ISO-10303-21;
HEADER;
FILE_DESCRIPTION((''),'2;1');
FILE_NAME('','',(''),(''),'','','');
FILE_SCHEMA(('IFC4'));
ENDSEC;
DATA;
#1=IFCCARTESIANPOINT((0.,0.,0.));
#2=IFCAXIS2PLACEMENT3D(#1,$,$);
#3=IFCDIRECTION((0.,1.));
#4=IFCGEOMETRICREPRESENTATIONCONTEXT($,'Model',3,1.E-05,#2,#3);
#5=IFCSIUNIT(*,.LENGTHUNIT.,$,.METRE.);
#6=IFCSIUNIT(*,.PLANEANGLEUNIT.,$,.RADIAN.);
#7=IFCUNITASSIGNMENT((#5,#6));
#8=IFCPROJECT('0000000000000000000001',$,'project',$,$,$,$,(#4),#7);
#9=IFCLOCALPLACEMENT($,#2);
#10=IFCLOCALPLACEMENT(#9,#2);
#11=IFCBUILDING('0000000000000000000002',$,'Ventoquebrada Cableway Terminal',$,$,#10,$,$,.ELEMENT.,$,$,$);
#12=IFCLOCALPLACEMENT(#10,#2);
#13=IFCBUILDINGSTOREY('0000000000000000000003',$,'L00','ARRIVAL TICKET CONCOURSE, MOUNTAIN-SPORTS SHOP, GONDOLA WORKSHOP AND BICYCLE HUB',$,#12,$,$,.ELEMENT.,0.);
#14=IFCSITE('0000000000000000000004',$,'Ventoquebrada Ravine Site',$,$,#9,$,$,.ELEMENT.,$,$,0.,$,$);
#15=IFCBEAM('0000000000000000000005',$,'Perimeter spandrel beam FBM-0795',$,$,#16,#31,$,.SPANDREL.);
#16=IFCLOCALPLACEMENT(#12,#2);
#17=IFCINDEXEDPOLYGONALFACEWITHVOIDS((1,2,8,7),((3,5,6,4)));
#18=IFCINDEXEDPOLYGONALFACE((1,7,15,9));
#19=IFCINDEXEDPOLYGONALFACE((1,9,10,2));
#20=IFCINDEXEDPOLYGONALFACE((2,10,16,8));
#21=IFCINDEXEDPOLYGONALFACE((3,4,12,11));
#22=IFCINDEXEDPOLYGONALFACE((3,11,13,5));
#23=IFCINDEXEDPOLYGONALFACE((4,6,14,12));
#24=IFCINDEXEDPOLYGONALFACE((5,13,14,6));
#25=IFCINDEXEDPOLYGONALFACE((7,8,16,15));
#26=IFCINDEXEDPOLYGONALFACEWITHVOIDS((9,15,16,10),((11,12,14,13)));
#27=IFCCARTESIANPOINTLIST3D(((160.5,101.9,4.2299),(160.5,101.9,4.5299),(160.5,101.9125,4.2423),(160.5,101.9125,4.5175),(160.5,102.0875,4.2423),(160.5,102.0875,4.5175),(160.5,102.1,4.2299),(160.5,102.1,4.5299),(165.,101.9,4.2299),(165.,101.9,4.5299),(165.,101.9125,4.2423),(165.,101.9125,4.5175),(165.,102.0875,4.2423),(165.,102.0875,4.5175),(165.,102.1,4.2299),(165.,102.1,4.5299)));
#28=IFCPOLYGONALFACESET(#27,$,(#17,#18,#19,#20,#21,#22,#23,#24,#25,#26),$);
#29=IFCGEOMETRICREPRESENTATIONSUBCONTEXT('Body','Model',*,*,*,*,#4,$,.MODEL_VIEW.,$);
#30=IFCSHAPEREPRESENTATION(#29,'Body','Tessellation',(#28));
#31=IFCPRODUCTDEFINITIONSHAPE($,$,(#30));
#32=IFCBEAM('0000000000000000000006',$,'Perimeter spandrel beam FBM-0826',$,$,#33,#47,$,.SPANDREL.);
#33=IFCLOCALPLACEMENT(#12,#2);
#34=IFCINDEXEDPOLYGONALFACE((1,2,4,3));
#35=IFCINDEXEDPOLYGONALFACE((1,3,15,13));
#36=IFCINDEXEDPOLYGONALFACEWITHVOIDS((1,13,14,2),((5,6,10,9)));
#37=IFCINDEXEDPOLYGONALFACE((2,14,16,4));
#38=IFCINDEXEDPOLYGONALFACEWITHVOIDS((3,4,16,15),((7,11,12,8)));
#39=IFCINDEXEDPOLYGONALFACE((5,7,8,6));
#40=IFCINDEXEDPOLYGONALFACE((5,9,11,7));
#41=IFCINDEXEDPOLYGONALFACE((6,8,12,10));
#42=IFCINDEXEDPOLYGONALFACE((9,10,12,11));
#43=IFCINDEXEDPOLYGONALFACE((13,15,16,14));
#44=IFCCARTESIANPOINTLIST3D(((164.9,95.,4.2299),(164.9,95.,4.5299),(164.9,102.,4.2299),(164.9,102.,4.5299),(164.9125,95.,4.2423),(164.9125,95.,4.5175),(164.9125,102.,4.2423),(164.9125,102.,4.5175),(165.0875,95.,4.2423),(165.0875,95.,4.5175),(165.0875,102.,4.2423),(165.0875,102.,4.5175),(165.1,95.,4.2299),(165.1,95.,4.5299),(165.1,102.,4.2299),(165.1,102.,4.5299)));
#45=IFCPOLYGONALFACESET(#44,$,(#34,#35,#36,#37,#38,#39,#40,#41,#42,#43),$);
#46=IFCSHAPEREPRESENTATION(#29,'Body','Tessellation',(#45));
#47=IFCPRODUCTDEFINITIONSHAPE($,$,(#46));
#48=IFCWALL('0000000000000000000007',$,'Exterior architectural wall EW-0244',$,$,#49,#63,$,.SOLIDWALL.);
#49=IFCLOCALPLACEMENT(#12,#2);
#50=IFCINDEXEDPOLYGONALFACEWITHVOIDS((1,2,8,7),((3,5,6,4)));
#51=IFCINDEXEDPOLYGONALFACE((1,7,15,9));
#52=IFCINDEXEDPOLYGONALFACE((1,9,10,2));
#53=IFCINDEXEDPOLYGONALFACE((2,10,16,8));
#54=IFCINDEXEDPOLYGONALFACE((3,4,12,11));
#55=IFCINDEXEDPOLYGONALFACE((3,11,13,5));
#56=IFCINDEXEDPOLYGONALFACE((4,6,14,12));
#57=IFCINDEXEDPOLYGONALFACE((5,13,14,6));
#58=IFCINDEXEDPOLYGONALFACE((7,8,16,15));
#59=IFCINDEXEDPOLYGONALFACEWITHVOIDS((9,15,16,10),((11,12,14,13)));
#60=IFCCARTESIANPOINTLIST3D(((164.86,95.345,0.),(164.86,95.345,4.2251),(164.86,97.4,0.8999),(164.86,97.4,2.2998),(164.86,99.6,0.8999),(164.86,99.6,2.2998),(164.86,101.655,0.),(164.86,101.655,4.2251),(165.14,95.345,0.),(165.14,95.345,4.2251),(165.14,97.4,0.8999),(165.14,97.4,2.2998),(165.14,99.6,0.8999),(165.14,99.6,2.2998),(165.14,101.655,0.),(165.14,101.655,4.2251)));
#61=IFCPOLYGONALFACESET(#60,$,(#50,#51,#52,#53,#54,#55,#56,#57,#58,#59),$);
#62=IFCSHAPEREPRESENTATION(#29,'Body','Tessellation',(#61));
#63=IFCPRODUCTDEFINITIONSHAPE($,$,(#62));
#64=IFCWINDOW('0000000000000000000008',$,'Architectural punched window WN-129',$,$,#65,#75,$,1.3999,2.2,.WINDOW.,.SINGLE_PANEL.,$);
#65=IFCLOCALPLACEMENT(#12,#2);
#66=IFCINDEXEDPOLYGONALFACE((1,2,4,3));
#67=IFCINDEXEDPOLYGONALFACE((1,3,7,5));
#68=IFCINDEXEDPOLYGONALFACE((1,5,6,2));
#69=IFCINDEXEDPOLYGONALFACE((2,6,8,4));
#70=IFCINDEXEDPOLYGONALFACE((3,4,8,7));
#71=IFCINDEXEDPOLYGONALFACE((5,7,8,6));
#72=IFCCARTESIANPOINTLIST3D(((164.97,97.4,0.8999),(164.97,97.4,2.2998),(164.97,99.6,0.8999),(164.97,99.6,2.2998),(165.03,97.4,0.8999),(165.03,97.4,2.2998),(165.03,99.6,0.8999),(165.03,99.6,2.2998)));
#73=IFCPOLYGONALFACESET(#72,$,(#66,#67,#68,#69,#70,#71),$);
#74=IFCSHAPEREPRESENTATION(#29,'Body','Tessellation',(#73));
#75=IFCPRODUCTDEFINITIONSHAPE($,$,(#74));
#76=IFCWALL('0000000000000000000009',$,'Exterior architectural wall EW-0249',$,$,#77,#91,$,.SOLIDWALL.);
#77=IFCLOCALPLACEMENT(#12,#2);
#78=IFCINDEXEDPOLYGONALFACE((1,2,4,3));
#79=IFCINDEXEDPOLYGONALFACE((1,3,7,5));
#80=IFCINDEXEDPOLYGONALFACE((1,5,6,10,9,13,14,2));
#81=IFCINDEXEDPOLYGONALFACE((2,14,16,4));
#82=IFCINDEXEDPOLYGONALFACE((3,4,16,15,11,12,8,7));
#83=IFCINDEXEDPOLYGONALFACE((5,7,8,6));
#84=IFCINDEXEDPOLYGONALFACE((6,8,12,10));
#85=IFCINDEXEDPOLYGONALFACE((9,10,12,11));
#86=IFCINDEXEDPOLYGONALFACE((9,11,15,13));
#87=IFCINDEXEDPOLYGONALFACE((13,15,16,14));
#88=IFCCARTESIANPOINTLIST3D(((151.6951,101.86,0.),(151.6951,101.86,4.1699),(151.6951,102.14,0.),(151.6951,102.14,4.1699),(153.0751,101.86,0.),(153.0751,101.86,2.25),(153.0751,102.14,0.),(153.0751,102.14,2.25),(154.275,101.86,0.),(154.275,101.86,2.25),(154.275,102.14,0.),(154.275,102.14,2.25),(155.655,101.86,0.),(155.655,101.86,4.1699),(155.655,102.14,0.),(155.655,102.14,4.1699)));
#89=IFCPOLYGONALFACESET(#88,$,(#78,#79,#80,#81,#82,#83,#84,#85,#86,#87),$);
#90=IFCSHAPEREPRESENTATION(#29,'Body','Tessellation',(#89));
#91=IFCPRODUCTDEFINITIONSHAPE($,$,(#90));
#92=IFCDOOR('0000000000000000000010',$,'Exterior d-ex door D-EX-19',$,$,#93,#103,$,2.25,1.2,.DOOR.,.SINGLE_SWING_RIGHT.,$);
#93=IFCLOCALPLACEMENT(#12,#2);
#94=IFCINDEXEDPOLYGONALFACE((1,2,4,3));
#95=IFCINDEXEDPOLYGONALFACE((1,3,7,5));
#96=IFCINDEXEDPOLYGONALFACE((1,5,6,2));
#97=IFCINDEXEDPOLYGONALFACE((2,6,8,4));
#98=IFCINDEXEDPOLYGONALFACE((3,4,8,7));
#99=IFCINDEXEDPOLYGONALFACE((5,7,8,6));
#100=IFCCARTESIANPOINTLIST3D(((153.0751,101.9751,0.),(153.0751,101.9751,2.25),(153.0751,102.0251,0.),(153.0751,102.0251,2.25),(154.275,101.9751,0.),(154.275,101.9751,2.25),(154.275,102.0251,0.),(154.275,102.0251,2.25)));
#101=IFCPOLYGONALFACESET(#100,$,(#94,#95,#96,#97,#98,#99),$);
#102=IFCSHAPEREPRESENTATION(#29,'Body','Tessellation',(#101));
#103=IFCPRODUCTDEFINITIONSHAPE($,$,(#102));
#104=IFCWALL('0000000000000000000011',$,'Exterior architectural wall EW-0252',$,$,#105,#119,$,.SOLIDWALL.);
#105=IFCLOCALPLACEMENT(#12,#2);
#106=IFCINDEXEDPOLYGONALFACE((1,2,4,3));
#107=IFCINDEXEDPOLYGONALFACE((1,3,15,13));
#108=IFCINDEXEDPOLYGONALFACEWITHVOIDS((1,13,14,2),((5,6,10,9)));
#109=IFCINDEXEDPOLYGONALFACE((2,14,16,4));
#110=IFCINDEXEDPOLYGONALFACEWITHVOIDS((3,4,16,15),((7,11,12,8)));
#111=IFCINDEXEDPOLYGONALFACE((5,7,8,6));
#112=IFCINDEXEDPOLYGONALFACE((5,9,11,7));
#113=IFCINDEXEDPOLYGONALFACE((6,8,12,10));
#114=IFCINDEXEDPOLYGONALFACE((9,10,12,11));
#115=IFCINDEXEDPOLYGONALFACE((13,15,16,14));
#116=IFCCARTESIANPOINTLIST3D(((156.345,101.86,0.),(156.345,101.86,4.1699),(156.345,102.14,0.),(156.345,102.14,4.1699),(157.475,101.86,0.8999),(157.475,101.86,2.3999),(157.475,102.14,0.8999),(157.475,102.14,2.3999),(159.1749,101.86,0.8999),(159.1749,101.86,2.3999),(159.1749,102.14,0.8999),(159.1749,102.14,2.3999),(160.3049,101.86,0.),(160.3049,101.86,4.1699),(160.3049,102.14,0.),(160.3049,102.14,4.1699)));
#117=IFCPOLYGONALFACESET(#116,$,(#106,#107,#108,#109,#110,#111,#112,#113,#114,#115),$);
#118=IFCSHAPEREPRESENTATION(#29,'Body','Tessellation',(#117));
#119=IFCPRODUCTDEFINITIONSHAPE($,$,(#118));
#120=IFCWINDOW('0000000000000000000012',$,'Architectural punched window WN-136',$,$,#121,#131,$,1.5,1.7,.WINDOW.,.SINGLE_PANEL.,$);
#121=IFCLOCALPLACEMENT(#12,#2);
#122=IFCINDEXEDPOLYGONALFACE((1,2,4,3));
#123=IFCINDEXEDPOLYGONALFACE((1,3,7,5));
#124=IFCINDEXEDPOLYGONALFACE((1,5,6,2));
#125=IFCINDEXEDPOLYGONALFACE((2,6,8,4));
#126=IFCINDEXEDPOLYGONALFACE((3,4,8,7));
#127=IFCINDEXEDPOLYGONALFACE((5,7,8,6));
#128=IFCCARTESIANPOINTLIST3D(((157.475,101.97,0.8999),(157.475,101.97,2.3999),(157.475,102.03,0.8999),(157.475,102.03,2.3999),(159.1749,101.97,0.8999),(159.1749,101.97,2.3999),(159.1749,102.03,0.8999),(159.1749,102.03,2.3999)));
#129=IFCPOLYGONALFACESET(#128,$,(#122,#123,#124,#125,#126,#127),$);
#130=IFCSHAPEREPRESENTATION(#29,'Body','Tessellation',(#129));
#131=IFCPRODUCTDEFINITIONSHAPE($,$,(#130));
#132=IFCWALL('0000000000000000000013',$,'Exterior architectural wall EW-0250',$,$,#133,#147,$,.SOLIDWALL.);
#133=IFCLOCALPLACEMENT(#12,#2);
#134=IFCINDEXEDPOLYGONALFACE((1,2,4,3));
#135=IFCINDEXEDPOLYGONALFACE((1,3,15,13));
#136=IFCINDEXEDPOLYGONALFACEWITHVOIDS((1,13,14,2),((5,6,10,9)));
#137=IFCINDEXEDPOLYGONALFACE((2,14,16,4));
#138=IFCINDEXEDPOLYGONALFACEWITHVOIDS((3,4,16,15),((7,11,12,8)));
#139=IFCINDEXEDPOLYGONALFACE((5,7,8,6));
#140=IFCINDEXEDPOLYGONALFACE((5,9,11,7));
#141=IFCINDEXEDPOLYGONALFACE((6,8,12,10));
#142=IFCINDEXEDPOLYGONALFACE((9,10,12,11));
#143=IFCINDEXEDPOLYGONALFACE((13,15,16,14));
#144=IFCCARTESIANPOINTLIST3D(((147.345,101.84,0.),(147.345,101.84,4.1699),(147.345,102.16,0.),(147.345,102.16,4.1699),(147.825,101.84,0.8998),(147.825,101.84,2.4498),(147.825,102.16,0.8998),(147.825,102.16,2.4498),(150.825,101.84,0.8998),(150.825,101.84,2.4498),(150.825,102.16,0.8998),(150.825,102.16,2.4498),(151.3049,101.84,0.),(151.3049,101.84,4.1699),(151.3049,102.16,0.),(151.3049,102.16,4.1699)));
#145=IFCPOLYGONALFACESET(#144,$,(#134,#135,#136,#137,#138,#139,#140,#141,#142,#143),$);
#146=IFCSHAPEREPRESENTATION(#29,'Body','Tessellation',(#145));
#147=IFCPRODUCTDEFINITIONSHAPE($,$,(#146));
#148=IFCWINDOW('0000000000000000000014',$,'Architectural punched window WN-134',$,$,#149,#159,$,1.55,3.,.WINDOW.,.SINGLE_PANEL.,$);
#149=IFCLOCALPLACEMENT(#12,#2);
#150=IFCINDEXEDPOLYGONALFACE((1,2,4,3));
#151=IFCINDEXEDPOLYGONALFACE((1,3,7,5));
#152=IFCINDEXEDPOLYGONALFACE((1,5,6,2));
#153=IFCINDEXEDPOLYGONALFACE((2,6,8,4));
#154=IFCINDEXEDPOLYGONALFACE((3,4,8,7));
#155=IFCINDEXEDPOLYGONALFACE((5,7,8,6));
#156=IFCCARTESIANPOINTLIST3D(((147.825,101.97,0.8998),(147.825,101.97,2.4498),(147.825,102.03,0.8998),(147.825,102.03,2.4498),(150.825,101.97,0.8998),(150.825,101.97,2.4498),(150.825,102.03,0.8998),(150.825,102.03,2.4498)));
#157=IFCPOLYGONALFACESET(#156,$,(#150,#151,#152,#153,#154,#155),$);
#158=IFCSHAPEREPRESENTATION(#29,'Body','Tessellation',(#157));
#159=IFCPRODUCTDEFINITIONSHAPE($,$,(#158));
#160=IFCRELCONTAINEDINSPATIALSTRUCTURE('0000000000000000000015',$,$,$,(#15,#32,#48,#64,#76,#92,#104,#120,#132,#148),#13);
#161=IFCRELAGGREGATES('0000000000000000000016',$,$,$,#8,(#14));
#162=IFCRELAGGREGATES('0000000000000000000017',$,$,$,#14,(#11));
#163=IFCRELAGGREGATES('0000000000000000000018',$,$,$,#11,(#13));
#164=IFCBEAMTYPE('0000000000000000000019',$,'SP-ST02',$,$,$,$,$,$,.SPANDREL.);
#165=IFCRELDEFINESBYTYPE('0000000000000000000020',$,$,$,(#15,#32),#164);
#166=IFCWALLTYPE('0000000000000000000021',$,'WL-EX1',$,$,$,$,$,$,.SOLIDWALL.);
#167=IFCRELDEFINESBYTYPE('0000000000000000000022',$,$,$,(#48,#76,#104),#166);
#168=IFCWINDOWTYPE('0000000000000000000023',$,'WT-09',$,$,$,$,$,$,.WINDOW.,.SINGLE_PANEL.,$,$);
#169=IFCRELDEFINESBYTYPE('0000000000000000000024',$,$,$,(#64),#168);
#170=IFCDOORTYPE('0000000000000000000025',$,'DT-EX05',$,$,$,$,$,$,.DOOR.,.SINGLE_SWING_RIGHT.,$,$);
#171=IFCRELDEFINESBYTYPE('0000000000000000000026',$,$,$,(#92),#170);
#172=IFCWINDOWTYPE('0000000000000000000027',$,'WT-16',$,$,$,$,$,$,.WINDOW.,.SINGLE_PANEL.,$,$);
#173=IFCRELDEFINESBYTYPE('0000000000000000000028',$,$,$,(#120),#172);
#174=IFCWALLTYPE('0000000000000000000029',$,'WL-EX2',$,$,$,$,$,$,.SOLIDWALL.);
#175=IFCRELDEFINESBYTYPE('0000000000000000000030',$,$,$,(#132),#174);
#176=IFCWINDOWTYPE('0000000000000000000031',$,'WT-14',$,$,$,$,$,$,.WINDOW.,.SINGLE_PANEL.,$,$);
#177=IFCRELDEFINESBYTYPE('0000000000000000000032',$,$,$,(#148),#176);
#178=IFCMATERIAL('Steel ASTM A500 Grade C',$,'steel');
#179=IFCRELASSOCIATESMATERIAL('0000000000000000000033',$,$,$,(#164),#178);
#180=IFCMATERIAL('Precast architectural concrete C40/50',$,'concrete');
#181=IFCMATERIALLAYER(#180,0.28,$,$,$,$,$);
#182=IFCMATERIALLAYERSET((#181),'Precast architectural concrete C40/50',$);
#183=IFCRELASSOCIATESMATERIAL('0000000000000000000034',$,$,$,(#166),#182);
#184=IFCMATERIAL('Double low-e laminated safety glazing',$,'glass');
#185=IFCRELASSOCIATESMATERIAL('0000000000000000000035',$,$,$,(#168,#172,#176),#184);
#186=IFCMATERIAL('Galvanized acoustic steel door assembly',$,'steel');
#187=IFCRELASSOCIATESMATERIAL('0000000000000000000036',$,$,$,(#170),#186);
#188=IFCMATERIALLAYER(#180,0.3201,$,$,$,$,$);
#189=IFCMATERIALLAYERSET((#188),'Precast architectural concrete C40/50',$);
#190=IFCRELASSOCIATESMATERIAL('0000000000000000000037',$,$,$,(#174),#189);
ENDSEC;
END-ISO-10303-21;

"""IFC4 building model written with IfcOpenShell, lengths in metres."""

from ifc_helpers import new_model, si_unit, direction, frame, frame_2d, origin, origin_2d, place, context, subcontext, project, spatial, rectangle, hollow_rectangle, extrude, material, layer, layer_set, material_profile, profile_set, type_object, element, fill, save


model = new_model("IFC4")

# Units and contexts
model_context = context("Model", 3, precision=1e-05, world=origin(), true_north=direction((0.0, 1.0)))
body_context = subcontext(model_context, "Body", "Model", "MODEL_VIEW")
ifc_project = project(units=[si_unit("LENGTHUNIT", "METRE"), si_unit("PLANEANGLEUNIT", "RADIAN")], contexts=[model_context])

# Site, building, storey
site_placement = place(None, origin())
site = spatial("IfcSite", under=ifc_project, at=site_placement, Name="Ventoquebrada Ravine Site", CompositionType="ELEMENT", RefElevation=0.0)
building_placement = place(site_placement, origin())
building = spatial("IfcBuilding", under=site, at=building_placement, Name="Ventoquebrada Cableway Terminal", CompositionType="ELEMENT")
storey_placement = place(building_placement, origin())
storey = spatial("IfcBuildingStorey", under=building, at=storey_placement, Name="L00", Description="ARRIVAL TICKET CONCOURSE, MOUNTAIN-SPORTS SHOP, GONDOLA WORKSHOP AND BICYCLE HUB", CompositionType="ELEMENT", Elevation=0.0)

# Beams
ifc_material_1 = material(Name="Steel ASTM A500 Grade C", Category="steel")
ifc_material_profile_1 = material_profile(ifc_material_1, hollow_rectangle(XDim=0.2, YDim=0.3, WallThickness=0.0125, at=origin_2d()), Name="RHS300X200X12.5")
ifc_profile_set_1 = profile_set([ifc_material_profile_1], Name="Steel ASTM A500 Grade C")
beam_type_1 = type_object("IfcBeamType", Name="SP-ST02", PredefinedType="SPANDREL", material=ifc_profile_set_1)
for number, where, z_axis, x_axis, name in (
    (1, (160.5, 102.0, 4.3799), (1.0, 0.0, 0.0), (0.0, 1.0, 0.0), "Perimeter spandrel beam FBM-0795"),
):
    element("IfcBeam", number, at=place(storey_placement, frame(where, z_axis=z_axis, x_axis=x_axis)), inside=storey, type_object=beam_type_1, Name=name, PredefinedType="SPANDREL", context=body_context, shape_type="SweptSolid", body=[
        extrude(hollow_rectangle(XDim=0.2, YDim=0.3, WallThickness=0.0125, at=origin_2d()), origin(), (0.0, 0.0, 1.0), 4.5),
    ])
beam_1_placement = place(storey_placement, frame((165.0, 95.0, 4.3799), z_axis=(0.0, 1.0, 0.0), x_axis=(-1.0, 0.0, 0.0)))
element("IfcBeam", 2, at=beam_1_placement, inside=storey, type_object=beam_type_1, Name="Perimeter spandrel beam FBM-0826", PredefinedType="SPANDREL", context=body_context, shape_type="SweptSolid", body=[
    extrude(hollow_rectangle(XDim=0.2, YDim=0.3, WallThickness=0.0125, at=origin_2d()), origin(), (0.0, 0.0, 1.0), 7.0),
])

# Wall, opening, window
ifc_material_2 = material(Name="Precast architectural concrete C40/50", Category="concrete")
ifc_layer_1 = layer(ifc_material_2, 0.28)
ifc_layer_set_1 = layer_set([ifc_layer_1], Name="Precast architectural concrete C40/50")
wall_type_1 = type_object("IfcWallType", Name="WL-EX1", PredefinedType="SOLIDWALL", material=ifc_layer_set_1)
wall_1_placement = place(storey_placement, frame((165.0, 95.345, 0.0), z_axis=(0.0, 0.0, 1.0), x_axis=(0.0, 1.0, 0.0)))
wall_1 = element("IfcWall", 3, at=wall_1_placement, inside=storey, type_object=wall_type_1, Name="Exterior architectural wall EW-0244", PredefinedType="SOLIDWALL", context=body_context, shape_type="SweptSolid", body=[
    extrude(rectangle(XDim=6.3101, YDim=0.28, at=frame_2d((3.155, 0.0))), origin(), (0.0, 0.0, 1.0), 4.2251),
])
opening_1_placement = place(wall_1_placement, frame((2.0549, 0.0, 0.8999)))
opening_1 = element("IfcOpeningElement", 4, at=opening_1_placement, cuts=wall_1, PredefinedType="OPENING", context=body_context, shape_type="SweptSolid", body=[
    extrude(rectangle(XDim=2.2, YDim=1.3999, at=frame_2d((1.1001, 0.7))), frame((0.0, 0.1499, 0.0), z_axis=(0.0, -1.0, 0.0), x_axis=(1.0, 0.0, 0.0)), (0.0, 0.0, 1.0), 0.3),
])
ifc_material_3 = material(Name="Double low-e laminated safety glazing", Category="glass")
window_type_1 = type_object("IfcWindowType", Name="WT-09", PartitioningType="SINGLE_PANEL", PredefinedType="WINDOW", material=ifc_material_3)
window_1_placement = place(opening_1_placement, origin())
window_1 = element("IfcWindow", 5, at=window_1_placement, inside=storey, type_object=window_type_1, Name="Architectural punched window WN-129", OverallHeight=1.3999, OverallWidth=2.2, PartitioningType="SINGLE_PANEL", PredefinedType="WINDOW", context=body_context, shape_type="SweptSolid", body=[
    extrude(rectangle(XDim=2.2, YDim=1.3999, at=frame_2d((1.1001, 0.7))), frame((0.0, 0.03, 0.0), z_axis=(0.0, -1.0, 0.0), x_axis=(1.0, 0.0, 0.0)), (0.0, 0.0, 1.0), 0.0601),
])
fill(opening_1, window_1)

# Wall, opening, door
wall_2_placement = place(storey_placement, frame((155.655, 102.0, 0.0), z_axis=(0.0, 0.0, 1.0), x_axis=(-1.0, 0.0, 0.0)))
wall_2 = element("IfcWall", 6, at=wall_2_placement, inside=storey, type_object=wall_type_1, Name="Exterior architectural wall EW-0249", PredefinedType="SOLIDWALL", context=body_context, shape_type="SweptSolid", body=[
    extrude(rectangle(XDim=3.96, YDim=0.28, at=frame_2d((1.98, 0.0))), origin(), (0.0, 0.0, 1.0), 4.1699),
])
opening_2_placement = place(wall_2_placement, frame((1.3799, 0.0, 0.0)))
opening_2 = element("IfcOpeningElement", 7, at=opening_2_placement, cuts=wall_2, PredefinedType="OPENING", context=body_context, shape_type="SweptSolid", body=[
    extrude(rectangle(XDim=1.2, YDim=2.25, at=frame_2d((0.6001, 1.125))), frame((0.0, 0.1499, 0.0), z_axis=(0.0, -1.0, 0.0), x_axis=(1.0, 0.0, 0.0)), (0.0, 0.0, 1.0), 0.3),
])
ifc_material_4 = material(Name="Galvanized acoustic steel door assembly", Category="steel")
door_type_1 = type_object("IfcDoorType", Name="DT-EX05", OperationType="SINGLE_SWING_RIGHT", PredefinedType="DOOR", material=ifc_material_4)
door_1_placement = place(opening_2_placement, origin())
door_1 = element("IfcDoor", 8, at=door_1_placement, inside=storey, type_object=door_type_1, Name="Exterior d-ex door D-EX-19", OperationType="SINGLE_SWING_RIGHT", OverallHeight=2.25, OverallWidth=1.2, PredefinedType="DOOR", context=body_context, shape_type="SweptSolid", body=[
    extrude(rectangle(XDim=1.2, YDim=2.25, at=frame_2d((0.6001, 1.125))), frame((0.0, 0.0249, 0.0), z_axis=(0.0, -1.0, 0.0), x_axis=(1.0, 0.0, 0.0)), (0.0, 0.0, 1.0), 0.05),
])
fill(opening_2, door_1)

# Walls, openings, windows
wall_3_placement = place(storey_placement, frame((160.3049, 102.0, 0.0), z_axis=(0.0, 0.0, 1.0), x_axis=(-1.0, 0.0, 0.0)))
wall_3 = element("IfcWall", 9, at=wall_3_placement, inside=storey, type_object=wall_type_1, Name="Exterior architectural wall EW-0252", PredefinedType="SOLIDWALL", context=body_context, shape_type="SweptSolid", body=[
    extrude(rectangle(XDim=3.96, YDim=0.28, at=frame_2d((1.98, 0.0))), origin(), (0.0, 0.0, 1.0), 4.1699),
])
opening_3_placement = place(wall_3_placement, frame((1.1299, 0.0, 0.8999)))
opening_3 = element("IfcOpeningElement", 10, at=opening_3_placement, cuts=wall_3, PredefinedType="OPENING", context=body_context, shape_type="SweptSolid", body=[
    extrude(rectangle(XDim=1.7, YDim=1.5, at=frame_2d((0.8501, 0.75))), frame((0.0, 0.1499, 0.0), z_axis=(0.0, -1.0, 0.0), x_axis=(1.0, 0.0, 0.0)), (0.0, 0.0, 1.0), 0.3),
])
window_type_2 = type_object("IfcWindowType", Name="WT-16", PartitioningType="SINGLE_PANEL", PredefinedType="WINDOW", material=ifc_material_3)
window_2_placement = place(opening_3_placement, origin())
window_2 = element("IfcWindow", 11, at=window_2_placement, inside=storey, type_object=window_type_2, Name="Architectural punched window WN-136", OverallHeight=1.5, OverallWidth=1.7, PartitioningType="SINGLE_PANEL", PredefinedType="WINDOW", context=body_context, shape_type="SweptSolid", body=[
    extrude(rectangle(XDim=1.7, YDim=1.5, at=frame_2d((0.8501, 0.75))), frame((0.0, 0.03, 0.0), z_axis=(0.0, -1.0, 0.0), x_axis=(1.0, 0.0, 0.0)), (0.0, 0.0, 1.0), 0.0601),
])
fill(opening_3, window_2)
ifc_layer_2 = layer(ifc_material_2, 0.3201)
ifc_layer_set_2 = layer_set([ifc_layer_2], Name="Precast architectural concrete C40/50")
wall_type_2 = type_object("IfcWallType", Name="WL-EX2", PredefinedType="SOLIDWALL", material=ifc_layer_set_2)
wall_4_placement = place(storey_placement, frame((151.3049, 102.0, 0.0), z_axis=(0.0, 0.0, 1.0), x_axis=(-1.0, 0.0, 0.0)))
wall_4 = element("IfcWall", 12, at=wall_4_placement, inside=storey, type_object=wall_type_2, Name="Exterior architectural wall EW-0250", PredefinedType="SOLIDWALL", context=body_context, shape_type="SweptSolid", body=[
    extrude(rectangle(XDim=3.96, YDim=0.3201, at=frame_2d((1.98, 0.0))), origin(), (0.0, 0.0, 1.0), 4.1699),
])
opening_4_placement = place(wall_4_placement, frame((0.48, 0.0, 0.8999)))
opening_4 = element("IfcOpeningElement", 13, at=opening_4_placement, cuts=wall_4, PredefinedType="OPENING", context=body_context, shape_type="SweptSolid", body=[
    extrude(rectangle(XDim=3.0, YDim=1.55, at=frame_2d((1.5, 0.7749))), frame((0.0, 0.1699, 0.0), z_axis=(0.0, -1.0, 0.0), x_axis=(1.0, 0.0, 0.0)), (0.0, 0.0, 1.0), 0.3401),
])
window_type_3 = type_object("IfcWindowType", Name="WT-14", PartitioningType="SINGLE_PANEL", PredefinedType="WINDOW", material=ifc_material_3)
window_3_placement = place(opening_4_placement, origin())
window_3 = element("IfcWindow", 14, at=window_3_placement, inside=storey, type_object=window_type_3, Name="Architectural punched window WN-134", OverallHeight=1.55, OverallWidth=3.0, PartitioningType="SINGLE_PANEL", PredefinedType="WINDOW", context=body_context, shape_type="SweptSolid", body=[
    extrude(rectangle(XDim=3.0, YDim=1.55, at=frame_2d((1.5, 0.7749))), frame((0.0, 0.03, 0.0), z_axis=(0.0, -1.0, 0.0), x_axis=(1.0, 0.0, 0.0)), (0.0, 0.0, 1.0), 0.0601),
])
fill(opening_4, window_3)

save(model, "model.ifc")
